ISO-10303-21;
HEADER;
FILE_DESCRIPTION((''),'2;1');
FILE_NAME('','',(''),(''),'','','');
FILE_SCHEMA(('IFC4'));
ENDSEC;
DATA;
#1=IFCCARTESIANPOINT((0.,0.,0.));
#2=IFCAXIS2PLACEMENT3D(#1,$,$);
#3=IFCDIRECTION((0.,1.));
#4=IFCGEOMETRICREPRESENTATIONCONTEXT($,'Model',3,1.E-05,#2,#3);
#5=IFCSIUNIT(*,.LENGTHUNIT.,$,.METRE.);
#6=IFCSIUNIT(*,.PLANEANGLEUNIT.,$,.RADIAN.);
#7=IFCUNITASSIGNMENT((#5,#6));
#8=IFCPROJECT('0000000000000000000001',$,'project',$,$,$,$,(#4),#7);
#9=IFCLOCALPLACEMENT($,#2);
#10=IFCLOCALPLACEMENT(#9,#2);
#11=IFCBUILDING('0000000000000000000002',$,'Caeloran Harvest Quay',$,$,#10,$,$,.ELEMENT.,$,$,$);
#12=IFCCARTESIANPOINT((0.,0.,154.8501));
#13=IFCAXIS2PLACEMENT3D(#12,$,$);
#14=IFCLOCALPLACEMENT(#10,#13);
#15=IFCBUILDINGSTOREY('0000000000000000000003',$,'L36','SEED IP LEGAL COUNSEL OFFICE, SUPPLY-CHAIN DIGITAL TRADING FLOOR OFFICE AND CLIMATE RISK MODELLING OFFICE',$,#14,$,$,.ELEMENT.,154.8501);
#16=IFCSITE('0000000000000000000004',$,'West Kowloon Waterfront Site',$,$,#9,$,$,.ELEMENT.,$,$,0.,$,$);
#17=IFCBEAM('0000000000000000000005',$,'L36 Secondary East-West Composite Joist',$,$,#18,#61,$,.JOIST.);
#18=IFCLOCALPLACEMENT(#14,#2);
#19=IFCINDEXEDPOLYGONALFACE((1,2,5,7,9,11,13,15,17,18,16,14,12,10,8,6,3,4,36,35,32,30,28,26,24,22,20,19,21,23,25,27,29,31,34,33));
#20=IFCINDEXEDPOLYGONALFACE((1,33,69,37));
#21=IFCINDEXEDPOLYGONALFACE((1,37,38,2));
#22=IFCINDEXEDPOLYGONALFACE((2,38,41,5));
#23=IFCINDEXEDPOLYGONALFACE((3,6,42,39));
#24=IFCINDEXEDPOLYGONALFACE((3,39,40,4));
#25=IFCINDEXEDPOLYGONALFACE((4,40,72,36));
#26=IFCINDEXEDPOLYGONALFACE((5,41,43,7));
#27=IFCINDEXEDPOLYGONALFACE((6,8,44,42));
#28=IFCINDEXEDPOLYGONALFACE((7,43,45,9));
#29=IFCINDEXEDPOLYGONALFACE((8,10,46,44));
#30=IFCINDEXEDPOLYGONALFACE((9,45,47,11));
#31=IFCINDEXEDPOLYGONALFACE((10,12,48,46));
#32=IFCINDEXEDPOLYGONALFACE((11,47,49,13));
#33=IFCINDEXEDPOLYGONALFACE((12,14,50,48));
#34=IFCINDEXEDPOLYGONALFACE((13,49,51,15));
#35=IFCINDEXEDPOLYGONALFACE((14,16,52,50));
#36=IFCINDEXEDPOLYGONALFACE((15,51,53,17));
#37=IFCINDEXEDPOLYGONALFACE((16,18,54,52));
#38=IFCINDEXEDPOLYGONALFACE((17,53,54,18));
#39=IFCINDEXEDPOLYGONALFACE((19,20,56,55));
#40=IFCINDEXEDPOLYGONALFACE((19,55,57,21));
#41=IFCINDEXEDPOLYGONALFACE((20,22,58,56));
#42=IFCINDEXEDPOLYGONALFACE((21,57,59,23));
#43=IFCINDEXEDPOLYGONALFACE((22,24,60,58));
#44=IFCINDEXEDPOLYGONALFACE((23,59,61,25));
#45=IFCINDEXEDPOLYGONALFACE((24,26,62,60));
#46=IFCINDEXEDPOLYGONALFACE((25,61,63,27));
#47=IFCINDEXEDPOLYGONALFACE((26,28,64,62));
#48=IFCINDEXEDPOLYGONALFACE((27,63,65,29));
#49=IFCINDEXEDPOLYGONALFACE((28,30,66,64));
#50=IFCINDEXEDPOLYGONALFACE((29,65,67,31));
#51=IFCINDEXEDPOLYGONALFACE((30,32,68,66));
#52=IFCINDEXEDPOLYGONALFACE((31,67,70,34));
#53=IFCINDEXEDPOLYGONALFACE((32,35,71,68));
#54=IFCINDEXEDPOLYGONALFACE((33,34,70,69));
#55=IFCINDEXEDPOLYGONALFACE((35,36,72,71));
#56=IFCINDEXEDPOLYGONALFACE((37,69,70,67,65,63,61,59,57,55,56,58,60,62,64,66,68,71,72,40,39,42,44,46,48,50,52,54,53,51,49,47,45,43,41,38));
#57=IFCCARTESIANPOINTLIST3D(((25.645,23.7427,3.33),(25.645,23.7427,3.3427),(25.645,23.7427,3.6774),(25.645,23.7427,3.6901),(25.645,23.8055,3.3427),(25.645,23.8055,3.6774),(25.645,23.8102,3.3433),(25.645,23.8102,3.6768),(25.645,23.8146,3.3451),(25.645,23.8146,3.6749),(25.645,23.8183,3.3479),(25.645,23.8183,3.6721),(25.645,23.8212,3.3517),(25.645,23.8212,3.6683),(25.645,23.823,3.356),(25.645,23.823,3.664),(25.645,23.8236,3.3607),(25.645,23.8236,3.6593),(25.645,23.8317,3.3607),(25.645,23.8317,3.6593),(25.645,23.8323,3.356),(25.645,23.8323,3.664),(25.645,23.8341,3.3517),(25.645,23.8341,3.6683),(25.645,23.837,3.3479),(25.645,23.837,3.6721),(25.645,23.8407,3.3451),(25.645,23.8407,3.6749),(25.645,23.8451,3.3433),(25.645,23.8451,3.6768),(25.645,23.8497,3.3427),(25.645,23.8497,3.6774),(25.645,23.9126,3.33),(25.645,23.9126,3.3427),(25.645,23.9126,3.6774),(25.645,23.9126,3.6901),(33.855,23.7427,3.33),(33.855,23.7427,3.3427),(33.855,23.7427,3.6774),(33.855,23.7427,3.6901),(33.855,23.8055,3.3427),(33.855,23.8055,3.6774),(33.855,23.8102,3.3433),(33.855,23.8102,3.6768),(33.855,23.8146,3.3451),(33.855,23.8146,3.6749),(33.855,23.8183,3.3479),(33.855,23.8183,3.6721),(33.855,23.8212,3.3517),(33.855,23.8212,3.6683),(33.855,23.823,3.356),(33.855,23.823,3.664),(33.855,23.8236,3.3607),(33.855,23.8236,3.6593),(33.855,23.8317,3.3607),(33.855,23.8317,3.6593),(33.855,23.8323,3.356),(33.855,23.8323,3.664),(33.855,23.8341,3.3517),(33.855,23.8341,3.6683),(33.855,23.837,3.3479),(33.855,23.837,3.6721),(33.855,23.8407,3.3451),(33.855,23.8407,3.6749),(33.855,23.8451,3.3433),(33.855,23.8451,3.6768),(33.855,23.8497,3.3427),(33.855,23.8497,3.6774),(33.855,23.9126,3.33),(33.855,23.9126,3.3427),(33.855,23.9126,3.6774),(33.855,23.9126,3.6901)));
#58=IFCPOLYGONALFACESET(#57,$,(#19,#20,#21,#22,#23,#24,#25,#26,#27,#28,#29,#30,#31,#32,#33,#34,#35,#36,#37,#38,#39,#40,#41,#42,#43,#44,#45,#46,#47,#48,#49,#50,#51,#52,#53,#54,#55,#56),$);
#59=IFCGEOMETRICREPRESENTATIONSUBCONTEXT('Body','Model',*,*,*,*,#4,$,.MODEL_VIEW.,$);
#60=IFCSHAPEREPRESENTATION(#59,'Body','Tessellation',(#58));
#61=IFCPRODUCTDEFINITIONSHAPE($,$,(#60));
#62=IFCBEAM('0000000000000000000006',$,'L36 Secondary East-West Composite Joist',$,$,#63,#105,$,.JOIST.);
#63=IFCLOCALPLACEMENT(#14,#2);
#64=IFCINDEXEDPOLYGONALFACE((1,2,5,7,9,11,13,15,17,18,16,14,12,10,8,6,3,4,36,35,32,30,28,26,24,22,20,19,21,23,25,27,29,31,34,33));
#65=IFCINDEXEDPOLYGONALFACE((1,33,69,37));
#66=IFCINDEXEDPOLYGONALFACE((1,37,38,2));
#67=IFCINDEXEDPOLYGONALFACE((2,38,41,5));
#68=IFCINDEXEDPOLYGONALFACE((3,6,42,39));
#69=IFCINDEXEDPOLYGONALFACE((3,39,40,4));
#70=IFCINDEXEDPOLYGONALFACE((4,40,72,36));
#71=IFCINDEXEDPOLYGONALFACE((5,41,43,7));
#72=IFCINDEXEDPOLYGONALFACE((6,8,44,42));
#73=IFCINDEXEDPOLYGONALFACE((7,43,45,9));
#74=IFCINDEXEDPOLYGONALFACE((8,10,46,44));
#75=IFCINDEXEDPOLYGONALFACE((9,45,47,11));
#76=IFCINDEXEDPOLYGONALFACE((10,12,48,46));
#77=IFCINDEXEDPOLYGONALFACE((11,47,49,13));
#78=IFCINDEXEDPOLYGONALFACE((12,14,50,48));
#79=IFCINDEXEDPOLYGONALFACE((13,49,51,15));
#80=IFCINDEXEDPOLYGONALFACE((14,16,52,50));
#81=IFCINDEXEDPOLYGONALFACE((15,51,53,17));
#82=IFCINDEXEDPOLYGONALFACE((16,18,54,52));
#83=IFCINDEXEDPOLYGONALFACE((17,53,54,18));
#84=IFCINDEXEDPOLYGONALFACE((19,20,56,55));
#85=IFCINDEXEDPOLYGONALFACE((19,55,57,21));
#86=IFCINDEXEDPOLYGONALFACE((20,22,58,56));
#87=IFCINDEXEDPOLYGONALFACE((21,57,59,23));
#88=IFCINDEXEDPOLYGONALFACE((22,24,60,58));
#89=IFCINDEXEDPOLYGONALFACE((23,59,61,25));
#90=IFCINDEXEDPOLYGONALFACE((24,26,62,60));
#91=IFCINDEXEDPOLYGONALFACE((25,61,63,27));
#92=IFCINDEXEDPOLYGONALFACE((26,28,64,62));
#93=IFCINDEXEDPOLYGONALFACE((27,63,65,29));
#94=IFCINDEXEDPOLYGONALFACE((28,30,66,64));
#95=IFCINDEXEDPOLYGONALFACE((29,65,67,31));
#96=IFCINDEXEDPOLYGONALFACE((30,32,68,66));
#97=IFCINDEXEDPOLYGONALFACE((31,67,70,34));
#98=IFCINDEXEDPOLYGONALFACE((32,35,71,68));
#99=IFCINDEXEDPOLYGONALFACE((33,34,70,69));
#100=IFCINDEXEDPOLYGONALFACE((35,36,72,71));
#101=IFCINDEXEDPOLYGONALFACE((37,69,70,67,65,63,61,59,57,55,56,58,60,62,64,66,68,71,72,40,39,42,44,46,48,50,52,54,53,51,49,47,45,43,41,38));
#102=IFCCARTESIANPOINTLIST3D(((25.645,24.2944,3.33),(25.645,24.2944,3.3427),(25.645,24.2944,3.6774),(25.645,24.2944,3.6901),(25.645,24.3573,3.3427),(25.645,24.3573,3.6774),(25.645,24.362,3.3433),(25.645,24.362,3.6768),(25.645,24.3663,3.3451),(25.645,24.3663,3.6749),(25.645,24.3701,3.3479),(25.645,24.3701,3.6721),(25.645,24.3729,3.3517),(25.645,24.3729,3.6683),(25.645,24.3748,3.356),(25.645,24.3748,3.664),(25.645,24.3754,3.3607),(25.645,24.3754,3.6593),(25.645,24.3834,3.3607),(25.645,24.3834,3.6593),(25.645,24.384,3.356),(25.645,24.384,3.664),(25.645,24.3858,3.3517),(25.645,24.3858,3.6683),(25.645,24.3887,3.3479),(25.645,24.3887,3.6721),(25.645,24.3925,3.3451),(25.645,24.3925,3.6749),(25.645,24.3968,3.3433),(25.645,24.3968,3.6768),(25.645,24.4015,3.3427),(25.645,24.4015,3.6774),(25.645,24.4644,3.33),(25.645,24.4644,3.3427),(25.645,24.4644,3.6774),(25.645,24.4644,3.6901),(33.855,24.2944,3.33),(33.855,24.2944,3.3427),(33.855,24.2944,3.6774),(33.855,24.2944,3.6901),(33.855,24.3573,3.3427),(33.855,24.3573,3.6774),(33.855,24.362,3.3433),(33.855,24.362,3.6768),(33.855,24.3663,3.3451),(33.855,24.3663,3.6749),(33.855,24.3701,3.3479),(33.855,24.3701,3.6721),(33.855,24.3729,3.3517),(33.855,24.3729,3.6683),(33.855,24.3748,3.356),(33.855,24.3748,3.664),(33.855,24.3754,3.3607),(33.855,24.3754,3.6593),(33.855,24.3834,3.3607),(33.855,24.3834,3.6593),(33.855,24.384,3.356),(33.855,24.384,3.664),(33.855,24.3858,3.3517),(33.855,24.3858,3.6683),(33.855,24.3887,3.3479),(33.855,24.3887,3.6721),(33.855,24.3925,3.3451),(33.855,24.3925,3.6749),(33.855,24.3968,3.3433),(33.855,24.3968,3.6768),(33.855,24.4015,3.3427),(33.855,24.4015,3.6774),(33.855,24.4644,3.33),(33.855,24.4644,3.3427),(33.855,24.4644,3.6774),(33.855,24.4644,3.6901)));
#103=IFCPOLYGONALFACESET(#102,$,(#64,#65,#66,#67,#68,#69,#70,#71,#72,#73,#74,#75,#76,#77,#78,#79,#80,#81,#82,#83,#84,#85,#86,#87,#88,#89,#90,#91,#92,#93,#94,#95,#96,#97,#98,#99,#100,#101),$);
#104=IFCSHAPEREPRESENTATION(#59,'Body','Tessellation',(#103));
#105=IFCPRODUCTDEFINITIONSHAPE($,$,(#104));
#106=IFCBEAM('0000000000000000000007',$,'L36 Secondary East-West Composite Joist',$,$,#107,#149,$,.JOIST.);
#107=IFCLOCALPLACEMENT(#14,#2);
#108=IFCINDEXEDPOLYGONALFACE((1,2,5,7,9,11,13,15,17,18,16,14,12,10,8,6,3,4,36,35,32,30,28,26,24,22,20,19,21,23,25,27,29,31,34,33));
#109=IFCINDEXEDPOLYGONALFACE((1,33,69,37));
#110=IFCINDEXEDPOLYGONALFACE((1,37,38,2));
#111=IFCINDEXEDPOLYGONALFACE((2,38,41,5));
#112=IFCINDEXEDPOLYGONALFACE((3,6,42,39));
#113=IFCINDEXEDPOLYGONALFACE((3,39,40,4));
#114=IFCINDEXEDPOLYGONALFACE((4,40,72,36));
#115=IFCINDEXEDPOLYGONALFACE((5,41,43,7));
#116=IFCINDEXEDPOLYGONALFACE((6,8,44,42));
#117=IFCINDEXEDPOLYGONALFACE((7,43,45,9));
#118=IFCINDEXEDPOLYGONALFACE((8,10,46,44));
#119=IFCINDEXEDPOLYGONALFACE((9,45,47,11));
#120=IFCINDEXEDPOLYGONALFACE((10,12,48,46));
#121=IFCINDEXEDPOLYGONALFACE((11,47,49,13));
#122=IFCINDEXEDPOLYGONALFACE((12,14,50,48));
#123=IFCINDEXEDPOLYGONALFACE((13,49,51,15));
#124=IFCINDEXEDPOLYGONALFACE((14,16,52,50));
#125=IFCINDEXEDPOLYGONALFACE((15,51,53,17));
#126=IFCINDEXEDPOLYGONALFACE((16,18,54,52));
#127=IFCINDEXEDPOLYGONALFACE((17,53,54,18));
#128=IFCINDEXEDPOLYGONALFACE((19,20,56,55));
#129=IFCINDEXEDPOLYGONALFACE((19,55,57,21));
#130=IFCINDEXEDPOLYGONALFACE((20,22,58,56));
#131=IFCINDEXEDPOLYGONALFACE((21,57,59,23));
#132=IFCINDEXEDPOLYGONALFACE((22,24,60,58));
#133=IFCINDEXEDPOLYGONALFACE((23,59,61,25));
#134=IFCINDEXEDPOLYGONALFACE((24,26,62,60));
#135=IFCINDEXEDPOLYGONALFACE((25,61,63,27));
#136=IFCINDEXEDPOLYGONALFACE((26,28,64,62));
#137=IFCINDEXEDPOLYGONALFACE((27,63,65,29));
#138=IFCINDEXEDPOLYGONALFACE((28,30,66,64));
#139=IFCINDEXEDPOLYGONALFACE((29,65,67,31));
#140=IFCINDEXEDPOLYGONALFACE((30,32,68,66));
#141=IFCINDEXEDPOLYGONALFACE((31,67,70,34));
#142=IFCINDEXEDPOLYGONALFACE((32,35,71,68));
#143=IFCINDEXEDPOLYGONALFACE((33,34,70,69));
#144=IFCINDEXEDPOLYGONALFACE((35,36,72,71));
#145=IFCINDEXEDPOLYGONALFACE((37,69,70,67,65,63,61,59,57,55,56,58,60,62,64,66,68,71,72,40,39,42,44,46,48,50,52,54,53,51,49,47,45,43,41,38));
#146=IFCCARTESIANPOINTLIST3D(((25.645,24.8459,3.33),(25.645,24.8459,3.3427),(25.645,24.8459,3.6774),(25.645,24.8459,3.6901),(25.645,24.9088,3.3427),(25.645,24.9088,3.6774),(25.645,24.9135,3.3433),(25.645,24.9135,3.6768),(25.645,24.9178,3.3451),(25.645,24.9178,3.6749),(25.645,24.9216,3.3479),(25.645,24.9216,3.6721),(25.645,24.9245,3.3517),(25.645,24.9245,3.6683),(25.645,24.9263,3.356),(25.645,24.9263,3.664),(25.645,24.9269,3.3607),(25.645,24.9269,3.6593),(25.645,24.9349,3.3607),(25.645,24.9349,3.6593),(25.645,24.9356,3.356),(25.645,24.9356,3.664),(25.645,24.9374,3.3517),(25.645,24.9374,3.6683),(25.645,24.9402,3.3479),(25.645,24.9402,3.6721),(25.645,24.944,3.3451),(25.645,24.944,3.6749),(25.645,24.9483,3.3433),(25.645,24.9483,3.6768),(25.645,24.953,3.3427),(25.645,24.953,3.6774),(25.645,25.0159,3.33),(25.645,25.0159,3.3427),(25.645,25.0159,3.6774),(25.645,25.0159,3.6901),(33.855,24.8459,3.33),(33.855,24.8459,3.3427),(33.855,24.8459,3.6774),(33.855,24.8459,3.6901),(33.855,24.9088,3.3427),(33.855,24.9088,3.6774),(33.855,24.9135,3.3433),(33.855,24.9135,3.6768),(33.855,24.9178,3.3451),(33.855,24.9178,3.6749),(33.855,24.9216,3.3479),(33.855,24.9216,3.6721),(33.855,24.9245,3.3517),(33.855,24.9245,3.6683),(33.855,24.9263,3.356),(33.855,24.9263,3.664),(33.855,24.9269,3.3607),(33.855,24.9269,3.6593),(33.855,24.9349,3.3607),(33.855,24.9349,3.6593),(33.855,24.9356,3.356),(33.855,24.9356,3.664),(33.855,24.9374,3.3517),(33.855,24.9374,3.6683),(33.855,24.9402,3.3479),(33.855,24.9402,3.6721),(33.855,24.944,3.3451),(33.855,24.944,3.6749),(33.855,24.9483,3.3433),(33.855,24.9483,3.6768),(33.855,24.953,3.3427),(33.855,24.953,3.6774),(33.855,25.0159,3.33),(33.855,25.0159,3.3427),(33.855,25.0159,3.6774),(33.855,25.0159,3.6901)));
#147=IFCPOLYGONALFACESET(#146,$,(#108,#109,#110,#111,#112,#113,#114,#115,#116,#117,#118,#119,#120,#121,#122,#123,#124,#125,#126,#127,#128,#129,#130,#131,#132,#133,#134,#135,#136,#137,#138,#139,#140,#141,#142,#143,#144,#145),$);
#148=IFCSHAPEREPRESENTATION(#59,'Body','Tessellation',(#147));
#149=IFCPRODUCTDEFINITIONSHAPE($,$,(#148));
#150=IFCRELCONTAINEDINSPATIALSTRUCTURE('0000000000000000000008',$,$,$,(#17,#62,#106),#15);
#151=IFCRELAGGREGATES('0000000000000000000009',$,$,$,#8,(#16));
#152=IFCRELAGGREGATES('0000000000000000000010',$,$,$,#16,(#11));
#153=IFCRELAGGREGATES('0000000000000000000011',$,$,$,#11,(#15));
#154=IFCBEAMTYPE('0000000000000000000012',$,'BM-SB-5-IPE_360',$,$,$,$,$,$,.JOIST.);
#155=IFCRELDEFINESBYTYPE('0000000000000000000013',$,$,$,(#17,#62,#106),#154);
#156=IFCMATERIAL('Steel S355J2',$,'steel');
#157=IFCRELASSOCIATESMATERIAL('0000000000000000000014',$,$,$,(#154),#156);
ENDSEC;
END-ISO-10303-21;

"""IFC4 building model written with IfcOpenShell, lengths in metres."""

from ifc_helpers import new_model, si_unit, direction, frame, origin, origin_2d, place, context, subcontext, project, spatial, i_section, extrude, material, material_profile, profile_set, type_object, element, save


model = new_model("IFC4")

# Units and contexts
model_context = context("Model", 3, precision=1e-05, world=origin(), true_north=direction((0.0, 1.0)))
body_context = subcontext(model_context, "Body", "Model", "MODEL_VIEW")
ifc_project = project(units=[si_unit("LENGTHUNIT", "METRE"), si_unit("PLANEANGLEUNIT", "RADIAN")], contexts=[model_context])

# Site, building, storey
site_placement = place(None, origin())
site = spatial("IfcSite", under=ifc_project, at=site_placement, Name="West Kowloon Waterfront Site", CompositionType="ELEMENT", RefElevation=0.0)
building_placement = place(site_placement, origin())
building = spatial("IfcBuilding", under=site, at=building_placement, Name="Caeloran Harvest Quay", CompositionType="ELEMENT")
storey_placement = place(building_placement, frame((0.0, 0.0, 154.8501)))
storey = spatial("IfcBuildingStorey", under=building, at=storey_placement, Name="L36", Description="SEED IP LEGAL COUNSEL OFFICE, SUPPLY-CHAIN DIGITAL TRADING FLOOR OFFICE AND CLIMATE RISK MODELLING OFFICE", CompositionType="ELEMENT", Elevation=154.8501)

# Beams
ifc_material_1 = material(Name="Steel S355J2", Category="steel")
ifc_material_profile_1 = material_profile(ifc_material_1, i_section(OverallWidth=0.1699, OverallDepth=0.3601, WebThickness=0.0081, FlangeThickness=0.0127, FilletRadius=0.0181, at=origin_2d()), Name="IPE 360")
ifc_profile_set_1 = profile_set([ifc_material_profile_1], Name="Steel S355J2")
beam_type_1 = type_object("IfcBeamType", Name="BM-SB-5-IPE_360", PredefinedType="JOIST", material=ifc_profile_set_1)
for number, where, z_axis, x_axis, name in (
    (1, (25.645, 23.8276, 3.51), (1.0, 0.0, 0.0), (0.0, 1.0, 0.0), "L36 Secondary East-West Composite Joist"),
    (2, (25.645, 24.3794, 3.51), (1.0, 0.0, 0.0), (0.0, 1.0, 0.0), "L36 Secondary East-West Composite Joist"),
    (3, (25.645, 24.9309, 3.51), (1.0, 0.0, 0.0), (0.0, 1.0, 0.0), "L36 Secondary East-West Composite Joist"),
):
    element("IfcBeam", number, at=place(storey_placement, frame(where, z_axis=z_axis, x_axis=x_axis)), inside=storey, type_object=beam_type_1, Name=name, PredefinedType="JOIST", context=body_context, shape_type="SweptSolid", body=[
        extrude(i_section(OverallWidth=0.1699, OverallDepth=0.3601, WebThickness=0.0081, FlangeThickness=0.0127, FilletRadius=0.0181, at=origin_2d()), origin(), (0.0, 0.0, 1.0), 8.21),
    ])

save(model, "model.ifc")
